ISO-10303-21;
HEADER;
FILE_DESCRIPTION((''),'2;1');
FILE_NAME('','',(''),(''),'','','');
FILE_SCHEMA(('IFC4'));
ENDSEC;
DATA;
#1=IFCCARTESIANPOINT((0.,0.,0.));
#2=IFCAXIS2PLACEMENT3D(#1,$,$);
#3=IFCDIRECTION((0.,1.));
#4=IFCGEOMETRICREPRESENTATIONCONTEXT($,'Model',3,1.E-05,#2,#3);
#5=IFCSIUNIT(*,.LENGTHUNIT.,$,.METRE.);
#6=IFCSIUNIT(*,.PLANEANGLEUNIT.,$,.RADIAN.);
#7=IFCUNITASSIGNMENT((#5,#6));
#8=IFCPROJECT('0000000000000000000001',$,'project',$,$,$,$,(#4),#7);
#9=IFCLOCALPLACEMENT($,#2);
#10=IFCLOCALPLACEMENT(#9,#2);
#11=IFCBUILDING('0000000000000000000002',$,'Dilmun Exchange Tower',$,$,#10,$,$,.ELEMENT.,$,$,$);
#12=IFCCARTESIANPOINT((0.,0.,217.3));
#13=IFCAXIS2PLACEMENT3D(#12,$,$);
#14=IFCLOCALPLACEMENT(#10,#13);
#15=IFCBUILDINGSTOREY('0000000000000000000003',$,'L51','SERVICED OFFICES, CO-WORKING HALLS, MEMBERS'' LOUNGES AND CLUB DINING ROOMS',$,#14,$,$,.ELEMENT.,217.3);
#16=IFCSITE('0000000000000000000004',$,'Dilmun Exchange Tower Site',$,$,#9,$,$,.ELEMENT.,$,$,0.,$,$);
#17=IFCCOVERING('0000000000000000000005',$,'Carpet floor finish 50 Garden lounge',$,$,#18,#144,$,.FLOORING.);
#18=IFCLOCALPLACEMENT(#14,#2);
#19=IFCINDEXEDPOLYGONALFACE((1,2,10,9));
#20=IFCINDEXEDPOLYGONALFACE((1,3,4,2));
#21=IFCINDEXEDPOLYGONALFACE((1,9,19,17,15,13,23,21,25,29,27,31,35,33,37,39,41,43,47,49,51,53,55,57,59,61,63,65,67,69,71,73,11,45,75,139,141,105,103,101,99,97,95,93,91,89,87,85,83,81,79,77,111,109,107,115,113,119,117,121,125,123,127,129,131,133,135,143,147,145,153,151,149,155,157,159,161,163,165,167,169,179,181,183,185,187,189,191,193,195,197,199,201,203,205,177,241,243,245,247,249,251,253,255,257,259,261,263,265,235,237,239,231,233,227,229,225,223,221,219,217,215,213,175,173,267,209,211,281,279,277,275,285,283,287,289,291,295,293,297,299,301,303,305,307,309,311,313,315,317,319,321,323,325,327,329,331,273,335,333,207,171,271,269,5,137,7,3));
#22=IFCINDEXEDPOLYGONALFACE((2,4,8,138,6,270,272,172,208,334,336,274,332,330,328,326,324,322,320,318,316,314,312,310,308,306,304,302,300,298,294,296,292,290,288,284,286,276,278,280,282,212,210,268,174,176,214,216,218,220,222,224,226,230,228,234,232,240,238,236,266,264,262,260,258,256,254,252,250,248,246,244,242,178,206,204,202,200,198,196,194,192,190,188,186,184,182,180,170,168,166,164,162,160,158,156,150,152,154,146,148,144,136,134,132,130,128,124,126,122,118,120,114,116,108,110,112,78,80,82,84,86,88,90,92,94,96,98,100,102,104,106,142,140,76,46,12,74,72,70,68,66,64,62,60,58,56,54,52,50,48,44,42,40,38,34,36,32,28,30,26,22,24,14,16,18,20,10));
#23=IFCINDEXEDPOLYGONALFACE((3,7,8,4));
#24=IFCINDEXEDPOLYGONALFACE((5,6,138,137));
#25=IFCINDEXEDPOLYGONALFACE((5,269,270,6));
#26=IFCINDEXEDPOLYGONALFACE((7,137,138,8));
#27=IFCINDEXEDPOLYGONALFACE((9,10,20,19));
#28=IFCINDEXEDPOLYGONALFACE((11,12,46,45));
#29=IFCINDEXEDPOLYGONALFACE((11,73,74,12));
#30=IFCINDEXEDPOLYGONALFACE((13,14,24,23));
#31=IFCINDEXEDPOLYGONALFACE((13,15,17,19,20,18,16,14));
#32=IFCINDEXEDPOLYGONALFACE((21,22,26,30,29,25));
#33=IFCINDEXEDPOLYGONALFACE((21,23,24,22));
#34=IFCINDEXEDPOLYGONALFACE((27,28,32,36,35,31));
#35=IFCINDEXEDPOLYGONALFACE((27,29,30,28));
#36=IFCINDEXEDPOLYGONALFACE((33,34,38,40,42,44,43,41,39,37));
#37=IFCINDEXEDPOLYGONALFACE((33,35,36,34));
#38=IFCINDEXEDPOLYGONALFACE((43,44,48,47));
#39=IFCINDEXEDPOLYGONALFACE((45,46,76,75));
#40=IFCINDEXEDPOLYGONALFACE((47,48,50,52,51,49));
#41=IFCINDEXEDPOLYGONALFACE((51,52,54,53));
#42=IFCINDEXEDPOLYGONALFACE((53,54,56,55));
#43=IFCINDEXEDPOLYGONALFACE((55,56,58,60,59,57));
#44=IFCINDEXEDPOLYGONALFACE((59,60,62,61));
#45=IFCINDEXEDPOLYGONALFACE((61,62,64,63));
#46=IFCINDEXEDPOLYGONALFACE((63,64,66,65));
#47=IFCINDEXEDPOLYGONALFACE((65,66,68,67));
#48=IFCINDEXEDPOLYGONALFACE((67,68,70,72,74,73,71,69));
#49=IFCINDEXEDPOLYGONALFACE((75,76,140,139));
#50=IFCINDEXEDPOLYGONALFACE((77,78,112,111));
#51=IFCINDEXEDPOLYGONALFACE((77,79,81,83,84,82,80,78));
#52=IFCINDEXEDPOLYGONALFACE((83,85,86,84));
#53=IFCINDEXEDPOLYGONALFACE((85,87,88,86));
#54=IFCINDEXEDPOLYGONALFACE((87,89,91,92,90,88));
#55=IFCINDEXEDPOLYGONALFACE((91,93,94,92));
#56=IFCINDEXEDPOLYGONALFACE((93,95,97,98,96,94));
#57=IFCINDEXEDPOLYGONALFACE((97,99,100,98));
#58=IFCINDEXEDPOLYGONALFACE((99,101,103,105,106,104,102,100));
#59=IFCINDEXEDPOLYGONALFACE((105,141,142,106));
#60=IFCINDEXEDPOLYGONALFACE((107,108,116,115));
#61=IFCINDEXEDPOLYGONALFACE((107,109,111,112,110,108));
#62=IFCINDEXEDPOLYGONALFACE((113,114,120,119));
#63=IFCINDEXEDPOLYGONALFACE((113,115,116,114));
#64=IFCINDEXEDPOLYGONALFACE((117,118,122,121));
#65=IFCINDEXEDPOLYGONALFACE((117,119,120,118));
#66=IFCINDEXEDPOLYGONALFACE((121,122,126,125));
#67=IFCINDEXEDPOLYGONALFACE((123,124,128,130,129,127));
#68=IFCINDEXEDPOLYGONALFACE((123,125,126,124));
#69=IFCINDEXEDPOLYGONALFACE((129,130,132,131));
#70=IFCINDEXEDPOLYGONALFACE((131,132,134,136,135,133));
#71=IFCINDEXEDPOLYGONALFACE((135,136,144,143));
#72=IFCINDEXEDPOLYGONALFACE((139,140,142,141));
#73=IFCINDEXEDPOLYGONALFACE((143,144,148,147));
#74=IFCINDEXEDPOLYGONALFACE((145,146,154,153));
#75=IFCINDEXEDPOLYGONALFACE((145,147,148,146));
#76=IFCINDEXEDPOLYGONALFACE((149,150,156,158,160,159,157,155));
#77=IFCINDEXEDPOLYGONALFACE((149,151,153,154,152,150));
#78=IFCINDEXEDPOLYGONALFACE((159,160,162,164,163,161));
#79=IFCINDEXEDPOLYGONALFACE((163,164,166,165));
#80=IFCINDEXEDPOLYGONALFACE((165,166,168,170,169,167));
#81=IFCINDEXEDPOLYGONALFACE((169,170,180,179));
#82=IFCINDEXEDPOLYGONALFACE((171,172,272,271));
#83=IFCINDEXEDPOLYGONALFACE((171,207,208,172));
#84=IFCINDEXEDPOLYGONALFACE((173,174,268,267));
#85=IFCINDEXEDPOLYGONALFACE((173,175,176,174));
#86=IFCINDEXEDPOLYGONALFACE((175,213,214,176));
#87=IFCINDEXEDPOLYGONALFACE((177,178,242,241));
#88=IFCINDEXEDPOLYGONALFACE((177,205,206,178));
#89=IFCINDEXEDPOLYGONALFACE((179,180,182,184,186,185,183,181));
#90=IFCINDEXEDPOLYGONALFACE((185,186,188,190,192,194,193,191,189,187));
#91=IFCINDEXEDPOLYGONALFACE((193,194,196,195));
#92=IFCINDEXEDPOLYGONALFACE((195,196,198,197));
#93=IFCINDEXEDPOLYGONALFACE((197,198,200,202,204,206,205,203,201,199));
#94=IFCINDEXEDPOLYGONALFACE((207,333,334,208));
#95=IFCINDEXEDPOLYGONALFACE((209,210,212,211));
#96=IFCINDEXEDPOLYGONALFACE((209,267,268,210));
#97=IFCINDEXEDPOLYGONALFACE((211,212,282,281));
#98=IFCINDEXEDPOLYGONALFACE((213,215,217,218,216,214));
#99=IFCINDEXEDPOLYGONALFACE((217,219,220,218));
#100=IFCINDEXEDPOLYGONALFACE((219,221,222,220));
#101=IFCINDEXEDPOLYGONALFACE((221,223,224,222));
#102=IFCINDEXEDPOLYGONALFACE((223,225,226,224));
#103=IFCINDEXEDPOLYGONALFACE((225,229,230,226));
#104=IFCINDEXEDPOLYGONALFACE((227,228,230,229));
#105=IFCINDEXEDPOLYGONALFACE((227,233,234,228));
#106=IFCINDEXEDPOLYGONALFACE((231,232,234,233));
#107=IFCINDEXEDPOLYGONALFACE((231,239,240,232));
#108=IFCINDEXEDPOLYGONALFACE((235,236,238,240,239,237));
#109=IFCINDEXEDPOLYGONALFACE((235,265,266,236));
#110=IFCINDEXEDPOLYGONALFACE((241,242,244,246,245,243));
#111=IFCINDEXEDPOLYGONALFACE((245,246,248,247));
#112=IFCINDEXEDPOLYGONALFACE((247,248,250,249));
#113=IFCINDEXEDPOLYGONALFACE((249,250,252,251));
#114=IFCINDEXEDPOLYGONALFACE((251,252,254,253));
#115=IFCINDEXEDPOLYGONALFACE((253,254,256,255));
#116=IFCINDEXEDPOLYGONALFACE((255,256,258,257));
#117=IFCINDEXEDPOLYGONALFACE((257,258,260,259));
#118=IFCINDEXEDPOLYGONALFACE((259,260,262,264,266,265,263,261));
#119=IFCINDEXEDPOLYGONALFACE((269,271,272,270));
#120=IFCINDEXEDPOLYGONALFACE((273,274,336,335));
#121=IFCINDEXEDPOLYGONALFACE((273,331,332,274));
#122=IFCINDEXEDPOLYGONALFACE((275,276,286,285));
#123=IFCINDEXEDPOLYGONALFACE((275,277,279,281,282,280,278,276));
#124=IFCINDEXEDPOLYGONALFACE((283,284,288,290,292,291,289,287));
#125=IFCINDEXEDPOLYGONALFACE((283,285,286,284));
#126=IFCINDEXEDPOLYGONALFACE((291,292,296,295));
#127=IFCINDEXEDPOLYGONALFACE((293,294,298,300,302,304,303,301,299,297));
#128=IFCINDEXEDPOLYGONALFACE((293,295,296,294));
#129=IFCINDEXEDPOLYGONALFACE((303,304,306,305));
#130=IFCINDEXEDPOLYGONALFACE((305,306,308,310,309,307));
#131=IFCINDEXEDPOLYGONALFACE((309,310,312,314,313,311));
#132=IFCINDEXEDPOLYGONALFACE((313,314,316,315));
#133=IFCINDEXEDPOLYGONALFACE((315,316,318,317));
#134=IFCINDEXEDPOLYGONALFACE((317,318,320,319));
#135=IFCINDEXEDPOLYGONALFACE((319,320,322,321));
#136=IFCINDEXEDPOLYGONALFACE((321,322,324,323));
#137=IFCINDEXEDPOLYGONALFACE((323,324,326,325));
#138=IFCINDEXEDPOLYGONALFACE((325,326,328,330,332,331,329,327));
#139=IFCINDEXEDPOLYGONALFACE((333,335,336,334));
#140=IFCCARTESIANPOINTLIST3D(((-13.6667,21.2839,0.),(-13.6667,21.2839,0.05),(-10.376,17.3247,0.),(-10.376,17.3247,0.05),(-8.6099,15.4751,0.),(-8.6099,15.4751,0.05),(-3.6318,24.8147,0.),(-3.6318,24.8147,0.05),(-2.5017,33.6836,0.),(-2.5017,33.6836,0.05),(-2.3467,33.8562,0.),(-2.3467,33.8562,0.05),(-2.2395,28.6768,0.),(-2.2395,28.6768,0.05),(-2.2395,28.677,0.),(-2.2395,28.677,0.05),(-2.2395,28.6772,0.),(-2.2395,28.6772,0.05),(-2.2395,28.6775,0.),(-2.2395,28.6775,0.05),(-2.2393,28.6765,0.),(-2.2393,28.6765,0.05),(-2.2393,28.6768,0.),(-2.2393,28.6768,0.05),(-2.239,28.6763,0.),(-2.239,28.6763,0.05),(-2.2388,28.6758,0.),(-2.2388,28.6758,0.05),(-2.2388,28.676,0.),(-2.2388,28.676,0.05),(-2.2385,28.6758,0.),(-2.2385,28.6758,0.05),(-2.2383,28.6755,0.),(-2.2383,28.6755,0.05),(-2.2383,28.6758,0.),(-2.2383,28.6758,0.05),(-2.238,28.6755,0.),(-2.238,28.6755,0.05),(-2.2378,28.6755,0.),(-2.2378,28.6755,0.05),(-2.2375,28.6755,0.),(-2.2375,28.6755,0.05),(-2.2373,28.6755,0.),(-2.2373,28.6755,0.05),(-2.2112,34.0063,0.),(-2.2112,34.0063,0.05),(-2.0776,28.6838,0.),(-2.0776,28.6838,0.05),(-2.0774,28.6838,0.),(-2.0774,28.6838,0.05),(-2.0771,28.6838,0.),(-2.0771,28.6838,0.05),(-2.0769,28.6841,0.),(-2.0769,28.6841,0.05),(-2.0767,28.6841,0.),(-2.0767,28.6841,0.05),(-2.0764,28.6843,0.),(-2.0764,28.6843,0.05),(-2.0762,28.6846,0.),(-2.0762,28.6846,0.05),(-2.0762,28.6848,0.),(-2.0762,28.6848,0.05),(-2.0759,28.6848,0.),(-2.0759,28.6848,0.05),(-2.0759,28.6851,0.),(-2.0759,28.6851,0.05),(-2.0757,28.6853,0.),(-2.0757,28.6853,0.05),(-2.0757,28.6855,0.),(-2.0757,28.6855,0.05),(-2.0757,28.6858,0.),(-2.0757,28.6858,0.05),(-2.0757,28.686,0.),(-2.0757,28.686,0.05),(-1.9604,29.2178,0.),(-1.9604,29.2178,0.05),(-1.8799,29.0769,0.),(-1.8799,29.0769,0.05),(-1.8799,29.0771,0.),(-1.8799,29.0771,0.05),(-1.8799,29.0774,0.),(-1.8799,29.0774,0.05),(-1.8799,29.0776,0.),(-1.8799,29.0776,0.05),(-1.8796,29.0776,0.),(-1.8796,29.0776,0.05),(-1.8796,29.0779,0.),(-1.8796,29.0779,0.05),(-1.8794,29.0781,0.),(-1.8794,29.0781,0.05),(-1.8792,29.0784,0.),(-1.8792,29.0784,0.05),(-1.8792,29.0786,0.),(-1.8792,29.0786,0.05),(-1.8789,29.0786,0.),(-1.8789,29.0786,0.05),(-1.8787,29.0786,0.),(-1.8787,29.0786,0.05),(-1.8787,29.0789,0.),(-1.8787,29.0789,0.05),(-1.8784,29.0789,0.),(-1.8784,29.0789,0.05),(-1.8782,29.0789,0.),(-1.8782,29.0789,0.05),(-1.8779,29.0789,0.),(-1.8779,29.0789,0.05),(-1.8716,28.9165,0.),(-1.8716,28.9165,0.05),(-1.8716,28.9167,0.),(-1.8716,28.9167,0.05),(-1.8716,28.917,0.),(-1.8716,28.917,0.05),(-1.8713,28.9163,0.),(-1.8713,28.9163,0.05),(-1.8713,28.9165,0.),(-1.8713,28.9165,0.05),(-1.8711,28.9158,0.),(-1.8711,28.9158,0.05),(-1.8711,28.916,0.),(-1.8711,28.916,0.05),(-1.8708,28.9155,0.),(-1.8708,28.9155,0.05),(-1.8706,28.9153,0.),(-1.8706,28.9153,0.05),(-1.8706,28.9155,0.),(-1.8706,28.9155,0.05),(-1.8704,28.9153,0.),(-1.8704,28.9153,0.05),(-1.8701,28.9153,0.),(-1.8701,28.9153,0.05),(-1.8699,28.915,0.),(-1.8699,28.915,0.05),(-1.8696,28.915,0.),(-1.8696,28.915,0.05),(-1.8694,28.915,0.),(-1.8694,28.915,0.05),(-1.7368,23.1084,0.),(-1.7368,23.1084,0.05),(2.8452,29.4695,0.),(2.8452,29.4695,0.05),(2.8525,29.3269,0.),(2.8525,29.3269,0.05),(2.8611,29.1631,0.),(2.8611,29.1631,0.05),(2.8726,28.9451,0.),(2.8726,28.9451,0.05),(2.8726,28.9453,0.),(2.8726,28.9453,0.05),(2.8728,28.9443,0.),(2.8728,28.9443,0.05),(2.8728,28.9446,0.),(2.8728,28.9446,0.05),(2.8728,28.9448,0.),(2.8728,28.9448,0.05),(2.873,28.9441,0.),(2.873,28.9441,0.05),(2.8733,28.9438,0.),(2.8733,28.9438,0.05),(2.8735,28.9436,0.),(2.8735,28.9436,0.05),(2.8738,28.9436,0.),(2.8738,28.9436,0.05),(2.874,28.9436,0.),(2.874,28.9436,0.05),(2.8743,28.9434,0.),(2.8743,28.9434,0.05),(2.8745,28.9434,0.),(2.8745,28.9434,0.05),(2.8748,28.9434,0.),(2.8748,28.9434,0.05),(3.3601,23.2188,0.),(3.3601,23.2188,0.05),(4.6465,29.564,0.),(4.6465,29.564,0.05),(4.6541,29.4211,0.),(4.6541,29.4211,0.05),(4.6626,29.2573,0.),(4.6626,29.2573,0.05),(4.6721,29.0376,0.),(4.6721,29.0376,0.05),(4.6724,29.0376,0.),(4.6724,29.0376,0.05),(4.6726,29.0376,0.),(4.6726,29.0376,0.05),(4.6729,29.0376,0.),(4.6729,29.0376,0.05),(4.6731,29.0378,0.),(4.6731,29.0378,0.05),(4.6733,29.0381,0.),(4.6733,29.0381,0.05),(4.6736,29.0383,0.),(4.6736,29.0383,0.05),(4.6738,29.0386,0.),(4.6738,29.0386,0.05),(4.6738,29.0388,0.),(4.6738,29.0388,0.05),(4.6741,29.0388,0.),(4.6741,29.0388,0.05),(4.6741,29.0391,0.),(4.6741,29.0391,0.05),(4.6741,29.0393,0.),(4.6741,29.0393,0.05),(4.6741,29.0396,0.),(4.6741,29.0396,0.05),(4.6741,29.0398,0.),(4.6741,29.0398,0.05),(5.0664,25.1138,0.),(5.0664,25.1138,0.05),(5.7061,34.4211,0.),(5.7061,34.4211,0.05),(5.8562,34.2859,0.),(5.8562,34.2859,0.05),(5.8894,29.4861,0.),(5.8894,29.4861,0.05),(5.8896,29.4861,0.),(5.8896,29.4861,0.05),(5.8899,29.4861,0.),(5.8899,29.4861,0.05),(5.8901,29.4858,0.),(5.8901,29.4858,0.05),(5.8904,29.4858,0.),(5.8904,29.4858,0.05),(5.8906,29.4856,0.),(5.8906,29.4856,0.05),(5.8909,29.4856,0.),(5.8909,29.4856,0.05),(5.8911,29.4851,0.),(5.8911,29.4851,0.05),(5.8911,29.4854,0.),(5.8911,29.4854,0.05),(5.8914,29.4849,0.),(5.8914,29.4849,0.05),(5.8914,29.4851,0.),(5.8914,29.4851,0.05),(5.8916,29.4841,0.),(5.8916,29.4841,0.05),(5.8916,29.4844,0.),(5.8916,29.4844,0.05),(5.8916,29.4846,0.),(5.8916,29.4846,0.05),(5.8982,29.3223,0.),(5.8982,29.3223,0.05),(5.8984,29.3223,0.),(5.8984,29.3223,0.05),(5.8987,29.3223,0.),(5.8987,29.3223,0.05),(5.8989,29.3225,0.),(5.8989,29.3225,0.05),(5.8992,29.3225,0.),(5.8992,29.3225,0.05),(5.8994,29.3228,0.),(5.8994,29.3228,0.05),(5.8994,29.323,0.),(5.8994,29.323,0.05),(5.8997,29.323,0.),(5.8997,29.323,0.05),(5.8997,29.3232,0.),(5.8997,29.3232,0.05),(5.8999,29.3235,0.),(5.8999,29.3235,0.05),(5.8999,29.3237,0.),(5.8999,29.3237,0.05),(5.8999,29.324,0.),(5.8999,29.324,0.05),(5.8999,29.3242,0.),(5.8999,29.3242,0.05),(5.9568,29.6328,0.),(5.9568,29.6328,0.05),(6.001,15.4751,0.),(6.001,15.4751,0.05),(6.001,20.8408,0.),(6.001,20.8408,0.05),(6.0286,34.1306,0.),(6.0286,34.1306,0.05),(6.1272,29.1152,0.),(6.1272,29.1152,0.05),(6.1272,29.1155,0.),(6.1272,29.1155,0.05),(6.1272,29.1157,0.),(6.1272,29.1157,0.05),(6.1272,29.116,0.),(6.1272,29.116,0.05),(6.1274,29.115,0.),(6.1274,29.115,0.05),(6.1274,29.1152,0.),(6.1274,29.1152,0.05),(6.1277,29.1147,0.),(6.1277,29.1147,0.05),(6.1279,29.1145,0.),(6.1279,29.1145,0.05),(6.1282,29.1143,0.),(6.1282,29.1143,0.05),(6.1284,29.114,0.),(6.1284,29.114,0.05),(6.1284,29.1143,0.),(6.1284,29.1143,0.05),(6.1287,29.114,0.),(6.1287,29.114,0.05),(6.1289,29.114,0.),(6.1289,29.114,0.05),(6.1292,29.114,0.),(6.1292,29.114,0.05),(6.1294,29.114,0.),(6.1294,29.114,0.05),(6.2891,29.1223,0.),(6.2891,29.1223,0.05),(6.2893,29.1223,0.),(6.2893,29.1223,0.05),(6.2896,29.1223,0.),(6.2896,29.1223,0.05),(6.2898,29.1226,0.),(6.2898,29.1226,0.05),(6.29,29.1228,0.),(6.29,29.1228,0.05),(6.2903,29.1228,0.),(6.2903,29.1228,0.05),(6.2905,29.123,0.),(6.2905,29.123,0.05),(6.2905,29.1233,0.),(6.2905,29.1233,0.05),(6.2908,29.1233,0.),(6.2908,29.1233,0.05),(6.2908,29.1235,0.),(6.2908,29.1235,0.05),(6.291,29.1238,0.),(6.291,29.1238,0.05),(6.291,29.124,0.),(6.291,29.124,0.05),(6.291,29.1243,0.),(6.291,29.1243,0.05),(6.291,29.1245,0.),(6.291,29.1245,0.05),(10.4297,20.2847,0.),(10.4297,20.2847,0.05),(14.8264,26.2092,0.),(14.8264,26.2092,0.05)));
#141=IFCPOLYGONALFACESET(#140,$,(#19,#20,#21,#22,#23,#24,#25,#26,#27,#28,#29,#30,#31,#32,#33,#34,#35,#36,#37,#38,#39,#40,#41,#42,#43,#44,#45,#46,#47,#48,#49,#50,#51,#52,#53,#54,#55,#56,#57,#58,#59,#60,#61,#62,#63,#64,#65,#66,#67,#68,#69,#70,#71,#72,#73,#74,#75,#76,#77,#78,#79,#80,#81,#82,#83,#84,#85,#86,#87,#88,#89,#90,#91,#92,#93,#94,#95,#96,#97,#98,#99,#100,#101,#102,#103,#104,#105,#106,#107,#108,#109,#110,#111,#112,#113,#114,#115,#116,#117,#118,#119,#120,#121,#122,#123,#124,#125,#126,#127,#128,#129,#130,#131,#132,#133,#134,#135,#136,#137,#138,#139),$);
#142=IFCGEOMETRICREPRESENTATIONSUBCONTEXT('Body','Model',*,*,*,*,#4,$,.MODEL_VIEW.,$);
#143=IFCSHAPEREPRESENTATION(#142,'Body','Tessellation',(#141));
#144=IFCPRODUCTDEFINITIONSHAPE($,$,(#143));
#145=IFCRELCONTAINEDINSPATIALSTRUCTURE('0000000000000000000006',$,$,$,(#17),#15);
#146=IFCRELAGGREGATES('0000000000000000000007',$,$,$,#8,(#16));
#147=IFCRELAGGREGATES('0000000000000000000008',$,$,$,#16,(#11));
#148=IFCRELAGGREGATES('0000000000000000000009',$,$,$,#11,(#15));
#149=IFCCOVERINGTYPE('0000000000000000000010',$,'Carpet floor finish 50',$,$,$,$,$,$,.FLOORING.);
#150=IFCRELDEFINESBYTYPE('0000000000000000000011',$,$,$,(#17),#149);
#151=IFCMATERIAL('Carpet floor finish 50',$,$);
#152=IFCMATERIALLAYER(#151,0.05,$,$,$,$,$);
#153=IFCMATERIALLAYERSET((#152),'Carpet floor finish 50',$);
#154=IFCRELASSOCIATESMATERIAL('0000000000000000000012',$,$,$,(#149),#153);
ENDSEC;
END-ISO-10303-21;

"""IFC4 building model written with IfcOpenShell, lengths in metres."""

from ifc_helpers import new_model, si_unit, direction, frame, origin, place, context, subcontext, project, spatial, polyline, outline, extrude, material, layer, layer_set, type_object, element, save


model = new_model("IFC4")

# Units and contexts
model_context = context("Model", 3, precision=1e-05, world=origin(), true_north=direction((0.0, 1.0)))
body_context = subcontext(model_context, "Body", "Model", "MODEL_VIEW")
ifc_project = project(units=[si_unit("LENGTHUNIT", "METRE"), si_unit("PLANEANGLEUNIT", "RADIAN")], contexts=[model_context])

# Site, building, storey
site_placement = place(None, origin())
site = spatial("IfcSite", under=ifc_project, at=site_placement, Name="Dilmun Exchange Tower Site", CompositionType="ELEMENT", RefElevation=0.0)
building_placement = place(site_placement, origin())
building = spatial("IfcBuilding", under=site, at=building_placement, Name="Dilmun Exchange Tower", CompositionType="ELEMENT")
storey_placement = place(building_placement, frame((0.0, 0.0, 217.3)))
storey = spatial("IfcBuildingStorey", under=building, at=storey_placement, Name="L51", Description="SERVICED OFFICES, CO-WORKING HALLS, MEMBERS' LOUNGES AND CLUB DINING ROOMS", CompositionType="ELEMENT", Elevation=217.3)

# Covering
ifc_material_1 = material(Name="Carpet floor finish 50")
ifc_layer_1 = layer(ifc_material_1, 0.05)
ifc_layer_set_1 = layer_set([ifc_layer_1], Name="Carpet floor finish 50")
covering_type_1 = type_object("IfcCoveringType", Name="Carpet floor finish 50", PredefinedType="FLOORING", material=ifc_layer_set_1)
covering_1_placement = place(storey_placement, origin())
element("IfcCovering", 1, at=covering_1_placement, inside=storey, type_object=covering_type_1, Name="Carpet floor finish 50 Garden lounge", PredefinedType="FLOORING", context=body_context, shape_type="SweptSolid", body=[
    extrude(outline(polyline([(-1.7368, 23.1084), (-3.6318, 24.8147), (-10.376, 17.3247), (-13.6667, 21.2839), (-2.5017, 33.6836), (-2.2395, 28.6775), (-2.2395, 28.6772), (-2.2395, 28.677), (-2.2395, 28.6768), (-2.2393, 28.6768), (-2.2393, 28.6765), (-2.239, 28.6763), (-2.239, 28.6763), (-2.2388, 28.676), (-2.2388, 28.6758), (-2.2385, 28.6758), (-2.2383, 28.6758), (-2.2383, 28.6755), (-2.238, 28.6755), (-2.2378, 28.6755), (-2.2375, 28.6755), (-2.2373, 28.6755), (-2.0776, 28.6838), (-2.0774, 28.6838), (-2.0771, 28.6838), (-2.0769, 28.6841), (-2.0769, 28.6841), (-2.0767, 28.6841), (-2.0764, 28.6843), (-2.0764, 28.6843), (-2.0762, 28.6846), (-2.0762, 28.6848), (-2.0759, 28.6848), (-2.0759, 28.6851), (-2.0757, 28.6853), (-2.0757, 28.6853), (-2.0757, 28.6855), (-2.0757, 28.6858), (-2.0757, 28.686), (-2.3467, 33.8562), (-2.2112, 34.0063), (-1.9604, 29.2178), (2.8452, 29.4695), (2.8525, 29.3269), (-1.8779, 29.0789), (-1.8782, 29.0789), (-1.8784, 29.0789), (-1.8787, 29.0789), (-1.8787, 29.0786), (-1.8789, 29.0786), (-1.8792, 29.0786), (-1.8792, 29.0784), (-1.8794, 29.0781), (-1.8794, 29.0781), (-1.8796, 29.0779), (-1.8796, 29.0776), (-1.8799, 29.0776), (-1.8799, 29.0774), (-1.8799, 29.0771), (-1.8799, 29.0769), (-1.8799, 29.0769), (-1.8716, 28.917), (-1.8716, 28.9167), (-1.8716, 28.9165), (-1.8713, 28.9165), (-1.8713, 28.9163), (-1.8711, 28.916), (-1.8711, 28.916), (-1.8711, 28.9158), (-1.8708, 28.9155), (-1.8706, 28.9155), (-1.8706, 28.9153), (-1.8704, 28.9153), (-1.8701, 28.9153), (-1.8701, 28.9153), (-1.8699, 28.915), (-1.8696, 28.915), (-1.8694, 28.915), (2.8611, 29.1631), (2.8726, 28.9453), (2.8726, 28.9451), (2.8728, 28.9448), (2.8728, 28.9446), (2.8728, 28.9446), (2.8728, 28.9443), (2.873, 28.9441), (2.873, 28.9441), (2.8733, 28.9438), (2.8733, 28.9438), (2.8735, 28.9436), (2.8738, 28.9436), (2.8738, 28.9436), (2.874, 28.9436), (2.8743, 28.9434), (2.8745, 28.9434), (2.8748, 28.9434), (4.6721, 29.0376), (4.6724, 29.0376), (4.6726, 29.0376), (4.6729, 29.0376), (4.6731, 29.0378), (4.6731, 29.0378), (4.6733, 29.0381), (4.6733, 29.0381), (4.6736, 29.0383), (4.6736, 29.0383), (4.6738, 29.0386), (4.6738, 29.0388), (4.6741, 29.0388), (4.6741, 29.0391), (4.6741, 29.0393), (4.6741, 29.0396), (4.6741, 29.0398), (4.6626, 29.2573), (5.8982, 29.3223), (5.8982, 29.3223), (5.8984, 29.3223), (5.8987, 29.3223), (5.8989, 29.3225), (5.8989, 29.3225), (5.8992, 29.3225), (5.8994, 29.3228), (5.8994, 29.323), (5.8997, 29.323), (5.8997, 29.3232), (5.8999, 29.3235), (5.8999, 29.3235), (5.8999, 29.3237), (5.8999, 29.324), (5.8999, 29.3242), (5.8999, 29.3242), (5.8916, 29.4841), (5.8916, 29.4844), (5.8916, 29.4846), (5.8916, 29.4846), (5.8914, 29.4849), (5.8914, 29.4851), (5.8911, 29.4851), (5.8911, 29.4854), (5.8909, 29.4856), (5.8909, 29.4856), (5.8906, 29.4856), (5.8904, 29.4858), (5.8904, 29.4858), (5.8901, 29.4858), (5.8899, 29.4861), (5.8896, 29.4861), (5.8894, 29.4861), (4.6541, 29.4211), (4.6465, 29.564), (5.9568, 29.6328), (5.7061, 34.4211), (5.8562, 34.2859), (6.1272, 29.116), (6.1272, 29.1157), (6.1272, 29.1155), (6.1272, 29.1152), (6.1274, 29.1152), (6.1274, 29.115), (6.1277, 29.1147), (6.1277, 29.1147), (6.1279, 29.1145), (6.1279, 29.1145), (6.1282, 29.1143), (6.1284, 29.1143), (6.1284, 29.114), (6.1287, 29.114), (6.1289, 29.114), (6.1292, 29.114), (6.1294, 29.114), (6.2891, 29.1223), (6.2893, 29.1223), (6.2896, 29.1223), (6.2898, 29.1226), (6.2898, 29.1226), (6.29, 29.1228), (6.2903, 29.1228), (6.2903, 29.1228), (6.2905, 29.123), (6.2905, 29.1233), (6.2908, 29.1233), (6.2908, 29.1235), (6.291, 29.1238), (6.291, 29.1238), (6.291, 29.124), (6.291, 29.1243), (6.291, 29.1245), (6.0286, 34.1306), (14.8264, 26.2092), (10.4297, 20.2847), (5.0664, 25.1138), (3.3601, 23.2188), (6.001, 20.8408), (6.001, 15.4751), (-8.6099, 15.4751), (-1.7368, 23.1084)])), origin(), (0.0, 0.0, 1.0), 0.05),
])

save(model, "model.ifc")
